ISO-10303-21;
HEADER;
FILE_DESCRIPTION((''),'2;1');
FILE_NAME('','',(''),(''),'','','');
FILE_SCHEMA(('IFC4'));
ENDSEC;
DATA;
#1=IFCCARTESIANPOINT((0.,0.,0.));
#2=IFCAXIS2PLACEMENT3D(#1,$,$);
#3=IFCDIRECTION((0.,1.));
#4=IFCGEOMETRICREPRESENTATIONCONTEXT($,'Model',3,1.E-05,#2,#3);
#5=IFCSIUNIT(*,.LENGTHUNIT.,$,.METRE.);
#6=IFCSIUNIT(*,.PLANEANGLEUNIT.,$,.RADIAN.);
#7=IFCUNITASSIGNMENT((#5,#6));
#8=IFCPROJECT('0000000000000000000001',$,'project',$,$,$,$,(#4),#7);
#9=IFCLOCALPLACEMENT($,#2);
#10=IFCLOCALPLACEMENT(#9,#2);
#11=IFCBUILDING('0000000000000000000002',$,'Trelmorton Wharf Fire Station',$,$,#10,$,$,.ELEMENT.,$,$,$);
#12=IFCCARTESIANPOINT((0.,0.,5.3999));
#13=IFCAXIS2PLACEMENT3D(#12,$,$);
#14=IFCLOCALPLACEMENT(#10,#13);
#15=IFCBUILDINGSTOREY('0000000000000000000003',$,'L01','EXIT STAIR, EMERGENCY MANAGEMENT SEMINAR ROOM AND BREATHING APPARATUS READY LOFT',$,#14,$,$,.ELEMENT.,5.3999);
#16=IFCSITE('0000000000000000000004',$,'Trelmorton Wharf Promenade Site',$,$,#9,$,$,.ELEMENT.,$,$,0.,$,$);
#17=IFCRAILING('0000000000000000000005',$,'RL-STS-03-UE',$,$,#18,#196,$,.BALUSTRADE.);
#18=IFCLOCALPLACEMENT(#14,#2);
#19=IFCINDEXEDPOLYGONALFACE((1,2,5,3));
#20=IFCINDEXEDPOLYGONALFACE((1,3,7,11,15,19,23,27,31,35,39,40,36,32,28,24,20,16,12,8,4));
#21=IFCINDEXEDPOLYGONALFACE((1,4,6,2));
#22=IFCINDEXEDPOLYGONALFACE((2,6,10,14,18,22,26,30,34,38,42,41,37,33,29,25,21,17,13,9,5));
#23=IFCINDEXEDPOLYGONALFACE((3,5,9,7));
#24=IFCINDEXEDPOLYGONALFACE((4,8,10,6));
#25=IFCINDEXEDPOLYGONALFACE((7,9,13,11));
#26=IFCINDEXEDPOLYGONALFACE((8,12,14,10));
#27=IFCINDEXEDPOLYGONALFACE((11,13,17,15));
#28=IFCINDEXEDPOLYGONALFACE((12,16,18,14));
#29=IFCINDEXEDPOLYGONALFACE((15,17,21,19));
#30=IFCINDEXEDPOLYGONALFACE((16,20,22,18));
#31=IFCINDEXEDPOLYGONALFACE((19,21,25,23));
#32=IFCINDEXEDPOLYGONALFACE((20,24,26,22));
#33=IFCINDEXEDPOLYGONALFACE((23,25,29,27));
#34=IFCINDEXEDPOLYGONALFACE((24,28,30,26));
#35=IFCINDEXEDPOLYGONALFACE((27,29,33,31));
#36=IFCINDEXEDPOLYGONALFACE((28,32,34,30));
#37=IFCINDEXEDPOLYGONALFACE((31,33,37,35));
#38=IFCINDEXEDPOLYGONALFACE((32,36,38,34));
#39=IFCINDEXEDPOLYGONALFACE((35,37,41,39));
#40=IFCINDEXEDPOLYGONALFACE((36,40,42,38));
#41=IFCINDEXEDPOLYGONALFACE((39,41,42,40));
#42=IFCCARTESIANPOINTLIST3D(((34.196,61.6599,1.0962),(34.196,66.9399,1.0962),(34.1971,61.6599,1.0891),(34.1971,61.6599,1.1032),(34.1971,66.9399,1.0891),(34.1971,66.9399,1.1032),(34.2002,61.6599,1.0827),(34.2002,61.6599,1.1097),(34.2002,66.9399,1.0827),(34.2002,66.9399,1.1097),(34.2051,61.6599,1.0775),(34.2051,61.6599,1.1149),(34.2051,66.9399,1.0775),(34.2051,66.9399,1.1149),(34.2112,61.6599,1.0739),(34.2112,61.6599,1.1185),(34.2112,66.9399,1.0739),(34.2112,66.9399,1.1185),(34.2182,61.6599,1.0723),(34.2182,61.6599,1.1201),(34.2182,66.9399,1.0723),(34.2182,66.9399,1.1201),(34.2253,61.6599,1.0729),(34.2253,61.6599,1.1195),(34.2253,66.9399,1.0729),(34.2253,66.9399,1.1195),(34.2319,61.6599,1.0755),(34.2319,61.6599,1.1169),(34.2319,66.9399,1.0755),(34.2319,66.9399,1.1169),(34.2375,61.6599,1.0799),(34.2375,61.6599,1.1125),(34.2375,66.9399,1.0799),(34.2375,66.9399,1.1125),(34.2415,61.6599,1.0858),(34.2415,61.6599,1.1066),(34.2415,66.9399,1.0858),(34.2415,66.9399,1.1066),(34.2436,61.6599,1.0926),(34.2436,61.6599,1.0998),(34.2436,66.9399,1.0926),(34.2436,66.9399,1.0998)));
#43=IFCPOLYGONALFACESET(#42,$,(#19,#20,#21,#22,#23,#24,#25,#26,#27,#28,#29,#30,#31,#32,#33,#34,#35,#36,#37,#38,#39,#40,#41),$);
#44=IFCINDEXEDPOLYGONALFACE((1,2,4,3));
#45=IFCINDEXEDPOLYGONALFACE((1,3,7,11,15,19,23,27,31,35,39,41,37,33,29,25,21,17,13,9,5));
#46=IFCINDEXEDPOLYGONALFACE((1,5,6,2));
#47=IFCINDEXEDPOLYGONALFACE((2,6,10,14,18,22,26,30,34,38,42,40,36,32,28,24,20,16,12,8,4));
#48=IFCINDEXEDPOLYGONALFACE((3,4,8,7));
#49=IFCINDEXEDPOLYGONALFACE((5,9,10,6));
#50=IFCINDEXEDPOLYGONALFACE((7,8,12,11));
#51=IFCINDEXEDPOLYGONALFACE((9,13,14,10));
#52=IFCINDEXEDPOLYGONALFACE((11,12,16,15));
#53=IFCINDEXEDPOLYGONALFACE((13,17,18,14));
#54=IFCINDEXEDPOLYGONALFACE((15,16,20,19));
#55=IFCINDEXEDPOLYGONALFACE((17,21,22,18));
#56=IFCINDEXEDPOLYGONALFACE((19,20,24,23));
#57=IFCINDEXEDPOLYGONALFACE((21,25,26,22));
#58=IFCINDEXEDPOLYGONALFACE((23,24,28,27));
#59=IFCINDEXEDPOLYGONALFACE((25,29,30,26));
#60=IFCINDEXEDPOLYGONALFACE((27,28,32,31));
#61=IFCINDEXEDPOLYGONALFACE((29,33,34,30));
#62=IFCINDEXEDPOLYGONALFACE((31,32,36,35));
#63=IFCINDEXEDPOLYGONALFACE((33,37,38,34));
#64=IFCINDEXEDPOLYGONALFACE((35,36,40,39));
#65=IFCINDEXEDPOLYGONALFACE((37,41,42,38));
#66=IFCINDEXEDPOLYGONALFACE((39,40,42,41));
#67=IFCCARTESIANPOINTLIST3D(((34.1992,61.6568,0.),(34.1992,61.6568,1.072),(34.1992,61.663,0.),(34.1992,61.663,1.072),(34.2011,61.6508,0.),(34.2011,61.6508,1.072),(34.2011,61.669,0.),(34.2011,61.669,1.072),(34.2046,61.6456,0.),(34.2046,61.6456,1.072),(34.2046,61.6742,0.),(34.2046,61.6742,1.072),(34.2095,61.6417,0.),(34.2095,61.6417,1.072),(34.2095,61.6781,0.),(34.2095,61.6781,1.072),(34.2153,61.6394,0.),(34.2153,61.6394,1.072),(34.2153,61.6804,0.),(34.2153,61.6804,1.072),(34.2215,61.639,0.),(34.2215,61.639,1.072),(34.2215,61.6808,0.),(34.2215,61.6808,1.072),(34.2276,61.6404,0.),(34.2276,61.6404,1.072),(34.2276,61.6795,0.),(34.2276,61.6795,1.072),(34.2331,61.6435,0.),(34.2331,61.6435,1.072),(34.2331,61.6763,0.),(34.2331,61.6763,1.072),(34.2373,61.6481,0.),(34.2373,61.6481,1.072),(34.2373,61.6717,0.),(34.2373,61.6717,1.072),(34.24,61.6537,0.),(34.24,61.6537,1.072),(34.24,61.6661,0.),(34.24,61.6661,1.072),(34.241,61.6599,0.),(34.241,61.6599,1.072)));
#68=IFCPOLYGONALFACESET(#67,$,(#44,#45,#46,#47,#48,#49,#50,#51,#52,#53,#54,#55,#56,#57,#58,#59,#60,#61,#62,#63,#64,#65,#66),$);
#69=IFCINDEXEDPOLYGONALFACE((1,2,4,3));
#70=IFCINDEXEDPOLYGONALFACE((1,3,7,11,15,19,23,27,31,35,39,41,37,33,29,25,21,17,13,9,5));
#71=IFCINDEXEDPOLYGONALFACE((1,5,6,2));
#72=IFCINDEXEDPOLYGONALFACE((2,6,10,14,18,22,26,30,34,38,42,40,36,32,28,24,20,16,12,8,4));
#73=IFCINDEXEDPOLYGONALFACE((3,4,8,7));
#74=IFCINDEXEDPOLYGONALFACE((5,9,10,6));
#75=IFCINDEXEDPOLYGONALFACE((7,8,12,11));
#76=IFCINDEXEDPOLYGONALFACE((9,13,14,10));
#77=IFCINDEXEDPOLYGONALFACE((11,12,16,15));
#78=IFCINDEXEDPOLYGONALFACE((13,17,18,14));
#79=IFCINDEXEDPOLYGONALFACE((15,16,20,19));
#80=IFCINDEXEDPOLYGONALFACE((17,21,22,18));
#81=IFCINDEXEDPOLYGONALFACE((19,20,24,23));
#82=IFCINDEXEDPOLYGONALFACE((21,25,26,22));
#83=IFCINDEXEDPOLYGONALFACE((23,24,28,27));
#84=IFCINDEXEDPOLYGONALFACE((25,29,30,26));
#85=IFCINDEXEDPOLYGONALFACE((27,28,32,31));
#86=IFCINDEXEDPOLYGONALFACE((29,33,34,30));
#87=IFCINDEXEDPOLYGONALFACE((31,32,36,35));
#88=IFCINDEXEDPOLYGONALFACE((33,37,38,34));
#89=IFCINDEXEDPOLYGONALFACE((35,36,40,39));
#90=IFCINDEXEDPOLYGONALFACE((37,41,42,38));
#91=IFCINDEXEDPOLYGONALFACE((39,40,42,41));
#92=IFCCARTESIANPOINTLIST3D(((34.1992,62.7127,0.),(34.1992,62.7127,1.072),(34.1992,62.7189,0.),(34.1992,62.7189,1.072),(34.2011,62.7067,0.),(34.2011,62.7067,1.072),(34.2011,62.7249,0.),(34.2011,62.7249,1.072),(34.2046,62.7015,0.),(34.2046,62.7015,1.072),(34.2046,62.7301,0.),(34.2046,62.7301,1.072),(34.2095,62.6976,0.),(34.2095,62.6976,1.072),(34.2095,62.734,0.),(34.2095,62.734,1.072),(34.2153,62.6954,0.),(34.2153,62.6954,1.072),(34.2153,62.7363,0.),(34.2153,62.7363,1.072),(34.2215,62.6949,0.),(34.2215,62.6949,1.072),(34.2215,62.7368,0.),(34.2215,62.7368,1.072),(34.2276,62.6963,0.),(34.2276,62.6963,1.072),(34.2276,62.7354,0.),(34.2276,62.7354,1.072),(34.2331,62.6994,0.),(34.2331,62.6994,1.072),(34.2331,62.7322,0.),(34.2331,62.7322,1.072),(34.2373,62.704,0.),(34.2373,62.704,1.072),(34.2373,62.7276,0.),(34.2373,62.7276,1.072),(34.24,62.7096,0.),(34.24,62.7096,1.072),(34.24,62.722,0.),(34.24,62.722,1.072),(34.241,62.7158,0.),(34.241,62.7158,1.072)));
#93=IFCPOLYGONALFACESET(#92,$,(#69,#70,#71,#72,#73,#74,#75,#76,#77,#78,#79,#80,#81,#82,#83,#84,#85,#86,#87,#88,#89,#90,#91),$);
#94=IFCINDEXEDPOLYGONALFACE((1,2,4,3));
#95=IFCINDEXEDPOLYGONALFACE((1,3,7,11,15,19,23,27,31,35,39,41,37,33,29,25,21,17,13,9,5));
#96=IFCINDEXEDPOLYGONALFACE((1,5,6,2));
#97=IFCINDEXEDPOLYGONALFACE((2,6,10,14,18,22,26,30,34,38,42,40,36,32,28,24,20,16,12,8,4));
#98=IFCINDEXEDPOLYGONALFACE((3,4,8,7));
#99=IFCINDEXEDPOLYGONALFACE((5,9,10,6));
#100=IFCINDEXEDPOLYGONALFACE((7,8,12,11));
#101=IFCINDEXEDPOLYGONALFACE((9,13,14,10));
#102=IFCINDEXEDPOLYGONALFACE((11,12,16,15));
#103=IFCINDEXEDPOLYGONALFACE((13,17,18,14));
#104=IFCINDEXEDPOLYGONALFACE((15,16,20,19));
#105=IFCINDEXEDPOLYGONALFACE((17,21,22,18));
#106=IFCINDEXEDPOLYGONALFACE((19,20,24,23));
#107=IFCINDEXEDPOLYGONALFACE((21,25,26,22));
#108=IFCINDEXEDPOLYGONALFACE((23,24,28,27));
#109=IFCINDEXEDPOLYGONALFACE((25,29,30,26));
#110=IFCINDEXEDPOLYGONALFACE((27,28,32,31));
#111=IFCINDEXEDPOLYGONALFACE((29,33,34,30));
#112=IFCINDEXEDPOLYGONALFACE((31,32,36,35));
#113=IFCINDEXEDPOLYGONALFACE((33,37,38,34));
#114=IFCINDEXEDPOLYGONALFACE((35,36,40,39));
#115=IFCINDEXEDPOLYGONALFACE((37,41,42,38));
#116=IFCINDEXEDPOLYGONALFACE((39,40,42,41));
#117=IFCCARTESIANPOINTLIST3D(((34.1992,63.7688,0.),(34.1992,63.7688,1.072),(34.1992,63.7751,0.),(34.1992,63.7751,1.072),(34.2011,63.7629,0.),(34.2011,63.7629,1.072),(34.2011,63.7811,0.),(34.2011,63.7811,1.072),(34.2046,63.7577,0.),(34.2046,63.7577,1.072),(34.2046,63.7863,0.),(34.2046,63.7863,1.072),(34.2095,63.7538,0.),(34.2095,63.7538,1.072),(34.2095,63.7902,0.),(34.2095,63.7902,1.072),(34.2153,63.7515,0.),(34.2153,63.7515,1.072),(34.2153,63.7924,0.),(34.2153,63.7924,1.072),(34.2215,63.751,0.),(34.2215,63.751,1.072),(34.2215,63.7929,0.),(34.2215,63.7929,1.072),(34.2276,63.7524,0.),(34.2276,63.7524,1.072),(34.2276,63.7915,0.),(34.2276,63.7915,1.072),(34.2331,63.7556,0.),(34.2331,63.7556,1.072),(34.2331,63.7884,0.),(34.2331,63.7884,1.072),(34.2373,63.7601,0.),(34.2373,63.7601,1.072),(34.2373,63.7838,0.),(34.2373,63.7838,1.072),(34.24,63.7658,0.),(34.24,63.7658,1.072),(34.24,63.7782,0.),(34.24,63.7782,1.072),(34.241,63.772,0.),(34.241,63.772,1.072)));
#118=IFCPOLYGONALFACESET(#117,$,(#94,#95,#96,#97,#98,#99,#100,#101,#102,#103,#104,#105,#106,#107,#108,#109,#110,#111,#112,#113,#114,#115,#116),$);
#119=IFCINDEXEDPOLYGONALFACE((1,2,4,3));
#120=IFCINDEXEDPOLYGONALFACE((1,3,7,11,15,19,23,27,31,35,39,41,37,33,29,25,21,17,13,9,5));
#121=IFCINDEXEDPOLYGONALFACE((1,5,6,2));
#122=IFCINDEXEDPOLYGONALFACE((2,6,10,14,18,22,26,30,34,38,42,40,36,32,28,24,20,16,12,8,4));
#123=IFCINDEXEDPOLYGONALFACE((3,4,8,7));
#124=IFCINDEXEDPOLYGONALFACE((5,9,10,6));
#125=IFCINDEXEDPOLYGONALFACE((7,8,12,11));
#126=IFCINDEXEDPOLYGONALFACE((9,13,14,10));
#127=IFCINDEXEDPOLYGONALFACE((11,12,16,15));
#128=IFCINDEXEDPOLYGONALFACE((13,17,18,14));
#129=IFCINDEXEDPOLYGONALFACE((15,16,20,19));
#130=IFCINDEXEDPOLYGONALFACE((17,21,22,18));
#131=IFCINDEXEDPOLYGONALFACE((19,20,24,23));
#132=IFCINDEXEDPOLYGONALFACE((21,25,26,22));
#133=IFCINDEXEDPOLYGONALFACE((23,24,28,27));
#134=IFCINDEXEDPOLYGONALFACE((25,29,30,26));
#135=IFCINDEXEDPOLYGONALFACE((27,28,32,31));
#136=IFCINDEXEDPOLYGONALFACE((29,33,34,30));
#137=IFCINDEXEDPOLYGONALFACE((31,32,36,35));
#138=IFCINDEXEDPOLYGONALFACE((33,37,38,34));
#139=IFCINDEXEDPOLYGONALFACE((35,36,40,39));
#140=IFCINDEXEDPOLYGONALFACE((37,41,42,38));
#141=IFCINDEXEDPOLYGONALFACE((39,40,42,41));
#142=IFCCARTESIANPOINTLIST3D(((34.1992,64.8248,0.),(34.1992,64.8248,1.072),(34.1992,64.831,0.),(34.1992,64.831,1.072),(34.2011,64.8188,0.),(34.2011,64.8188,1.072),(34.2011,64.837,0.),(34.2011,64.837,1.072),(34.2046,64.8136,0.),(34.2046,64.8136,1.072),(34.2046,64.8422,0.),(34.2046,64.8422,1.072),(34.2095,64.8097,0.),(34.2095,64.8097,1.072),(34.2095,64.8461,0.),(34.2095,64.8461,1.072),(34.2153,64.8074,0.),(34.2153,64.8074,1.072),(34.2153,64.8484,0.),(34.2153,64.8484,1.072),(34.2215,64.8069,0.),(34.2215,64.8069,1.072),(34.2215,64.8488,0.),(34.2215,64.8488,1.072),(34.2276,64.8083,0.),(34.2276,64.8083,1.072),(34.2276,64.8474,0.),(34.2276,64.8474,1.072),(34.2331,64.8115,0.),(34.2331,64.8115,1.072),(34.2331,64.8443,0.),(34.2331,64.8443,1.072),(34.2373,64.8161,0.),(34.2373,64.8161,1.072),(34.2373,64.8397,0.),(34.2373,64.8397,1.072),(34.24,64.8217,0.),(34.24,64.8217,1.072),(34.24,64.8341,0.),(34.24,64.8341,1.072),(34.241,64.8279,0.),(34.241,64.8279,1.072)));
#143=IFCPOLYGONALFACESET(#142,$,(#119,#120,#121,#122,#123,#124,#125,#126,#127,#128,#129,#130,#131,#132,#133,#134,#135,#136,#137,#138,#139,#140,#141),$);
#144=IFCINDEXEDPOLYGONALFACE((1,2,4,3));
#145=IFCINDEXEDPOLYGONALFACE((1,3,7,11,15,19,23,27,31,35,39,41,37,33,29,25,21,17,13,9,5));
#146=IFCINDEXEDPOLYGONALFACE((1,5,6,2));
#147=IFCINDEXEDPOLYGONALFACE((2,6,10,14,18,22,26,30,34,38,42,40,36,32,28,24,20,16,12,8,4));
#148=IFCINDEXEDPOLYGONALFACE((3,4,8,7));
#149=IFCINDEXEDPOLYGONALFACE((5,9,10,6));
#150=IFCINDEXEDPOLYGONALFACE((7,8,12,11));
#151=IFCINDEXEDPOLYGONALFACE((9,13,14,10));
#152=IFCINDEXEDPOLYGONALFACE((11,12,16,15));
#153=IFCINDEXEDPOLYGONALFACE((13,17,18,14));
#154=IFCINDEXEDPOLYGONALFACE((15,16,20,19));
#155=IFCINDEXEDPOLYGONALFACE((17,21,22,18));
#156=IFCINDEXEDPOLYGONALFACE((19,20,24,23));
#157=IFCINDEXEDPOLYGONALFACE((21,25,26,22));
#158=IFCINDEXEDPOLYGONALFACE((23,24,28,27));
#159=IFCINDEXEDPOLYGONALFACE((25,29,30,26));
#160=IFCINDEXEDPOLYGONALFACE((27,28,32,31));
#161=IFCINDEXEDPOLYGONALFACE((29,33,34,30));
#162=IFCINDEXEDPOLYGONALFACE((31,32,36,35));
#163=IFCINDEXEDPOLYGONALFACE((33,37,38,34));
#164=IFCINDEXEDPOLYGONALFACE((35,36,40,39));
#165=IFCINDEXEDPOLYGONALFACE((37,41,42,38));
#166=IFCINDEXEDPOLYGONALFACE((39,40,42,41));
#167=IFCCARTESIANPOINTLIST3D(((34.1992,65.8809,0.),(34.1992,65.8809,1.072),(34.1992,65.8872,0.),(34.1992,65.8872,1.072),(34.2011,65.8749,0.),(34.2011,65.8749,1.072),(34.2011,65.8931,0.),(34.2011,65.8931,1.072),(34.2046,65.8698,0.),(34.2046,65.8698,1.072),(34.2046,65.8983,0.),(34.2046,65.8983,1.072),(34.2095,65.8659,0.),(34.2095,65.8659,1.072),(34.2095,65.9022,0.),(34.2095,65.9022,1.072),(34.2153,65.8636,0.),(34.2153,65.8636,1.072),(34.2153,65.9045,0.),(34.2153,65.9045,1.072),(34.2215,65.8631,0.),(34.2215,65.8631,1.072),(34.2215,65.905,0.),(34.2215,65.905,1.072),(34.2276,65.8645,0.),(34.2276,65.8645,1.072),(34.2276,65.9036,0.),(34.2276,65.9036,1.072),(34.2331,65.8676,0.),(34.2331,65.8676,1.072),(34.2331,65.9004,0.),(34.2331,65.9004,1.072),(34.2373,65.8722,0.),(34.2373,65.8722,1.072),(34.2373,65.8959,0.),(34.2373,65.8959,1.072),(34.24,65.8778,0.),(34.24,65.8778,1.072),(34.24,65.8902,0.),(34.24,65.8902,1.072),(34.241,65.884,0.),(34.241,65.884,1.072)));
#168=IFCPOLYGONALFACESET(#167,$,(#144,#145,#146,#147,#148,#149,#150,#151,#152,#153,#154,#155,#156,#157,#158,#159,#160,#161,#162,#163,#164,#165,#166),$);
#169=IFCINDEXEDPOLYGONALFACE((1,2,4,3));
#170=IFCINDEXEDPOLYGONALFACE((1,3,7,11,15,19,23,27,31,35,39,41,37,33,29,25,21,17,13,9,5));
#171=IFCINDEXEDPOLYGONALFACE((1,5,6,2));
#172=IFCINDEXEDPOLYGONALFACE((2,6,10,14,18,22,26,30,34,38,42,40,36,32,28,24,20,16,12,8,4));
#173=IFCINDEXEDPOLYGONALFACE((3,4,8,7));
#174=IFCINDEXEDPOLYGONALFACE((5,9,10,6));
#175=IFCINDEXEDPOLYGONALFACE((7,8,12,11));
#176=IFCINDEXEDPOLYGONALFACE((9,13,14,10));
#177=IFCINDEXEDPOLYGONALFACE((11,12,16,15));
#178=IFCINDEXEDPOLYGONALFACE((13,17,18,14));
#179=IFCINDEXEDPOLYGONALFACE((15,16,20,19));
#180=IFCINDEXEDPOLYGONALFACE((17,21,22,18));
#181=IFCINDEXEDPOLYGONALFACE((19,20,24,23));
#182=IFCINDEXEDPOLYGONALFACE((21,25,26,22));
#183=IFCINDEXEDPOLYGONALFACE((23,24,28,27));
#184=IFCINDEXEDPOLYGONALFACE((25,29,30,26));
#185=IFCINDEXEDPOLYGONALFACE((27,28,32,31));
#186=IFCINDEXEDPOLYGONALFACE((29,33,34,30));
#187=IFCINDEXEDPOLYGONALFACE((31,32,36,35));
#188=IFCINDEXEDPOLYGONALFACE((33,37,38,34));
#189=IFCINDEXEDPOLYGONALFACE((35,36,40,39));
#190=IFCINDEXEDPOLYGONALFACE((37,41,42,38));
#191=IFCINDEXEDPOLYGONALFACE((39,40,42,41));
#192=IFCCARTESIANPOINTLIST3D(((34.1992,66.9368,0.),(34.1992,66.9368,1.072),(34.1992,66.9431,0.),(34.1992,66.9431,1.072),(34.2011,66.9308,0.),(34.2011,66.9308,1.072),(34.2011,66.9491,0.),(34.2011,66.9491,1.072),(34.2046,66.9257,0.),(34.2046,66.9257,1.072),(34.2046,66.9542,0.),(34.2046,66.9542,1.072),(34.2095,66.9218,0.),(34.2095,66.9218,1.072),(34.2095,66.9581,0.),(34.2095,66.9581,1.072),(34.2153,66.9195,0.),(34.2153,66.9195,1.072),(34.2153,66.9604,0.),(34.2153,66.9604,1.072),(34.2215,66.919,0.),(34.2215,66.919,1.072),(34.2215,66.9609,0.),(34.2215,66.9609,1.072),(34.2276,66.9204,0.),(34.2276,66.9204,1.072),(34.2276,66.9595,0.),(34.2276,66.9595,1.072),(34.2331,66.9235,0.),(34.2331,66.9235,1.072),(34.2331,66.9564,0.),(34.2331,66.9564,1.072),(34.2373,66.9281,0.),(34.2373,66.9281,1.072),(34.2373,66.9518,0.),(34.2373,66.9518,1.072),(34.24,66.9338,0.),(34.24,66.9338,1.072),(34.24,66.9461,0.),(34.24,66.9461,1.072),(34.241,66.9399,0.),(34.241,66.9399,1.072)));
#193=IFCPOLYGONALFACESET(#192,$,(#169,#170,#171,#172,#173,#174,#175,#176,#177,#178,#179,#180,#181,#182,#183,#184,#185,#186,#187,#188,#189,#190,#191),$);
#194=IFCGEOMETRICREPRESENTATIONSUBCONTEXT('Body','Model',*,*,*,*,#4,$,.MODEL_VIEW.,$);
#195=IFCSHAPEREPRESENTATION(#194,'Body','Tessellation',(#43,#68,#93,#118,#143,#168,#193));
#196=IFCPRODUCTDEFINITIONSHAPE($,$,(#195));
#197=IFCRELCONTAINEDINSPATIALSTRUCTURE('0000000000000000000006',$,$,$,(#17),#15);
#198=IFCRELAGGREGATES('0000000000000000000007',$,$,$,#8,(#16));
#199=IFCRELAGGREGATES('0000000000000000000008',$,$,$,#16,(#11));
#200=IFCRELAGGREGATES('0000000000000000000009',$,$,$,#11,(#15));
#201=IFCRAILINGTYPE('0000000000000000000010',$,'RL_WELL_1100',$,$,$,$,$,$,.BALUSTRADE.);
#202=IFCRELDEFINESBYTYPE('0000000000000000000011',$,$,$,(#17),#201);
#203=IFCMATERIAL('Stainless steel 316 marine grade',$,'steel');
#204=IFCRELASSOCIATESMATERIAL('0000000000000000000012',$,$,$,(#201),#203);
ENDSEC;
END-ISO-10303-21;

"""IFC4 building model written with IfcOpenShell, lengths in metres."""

from ifc_helpers import new_model, si_unit, direction, frame, origin, origin_2d, place, context, subcontext, project, spatial, circle, extrude, material, type_object, element, save


model = new_model("IFC4")

# Units and contexts
model_context = context("Model", 3, precision=1e-05, world=origin(), true_north=direction((0.0, 1.0)))
body_context = subcontext(model_context, "Body", "Model", "MODEL_VIEW")
ifc_project = project(units=[si_unit("LENGTHUNIT", "METRE"), si_unit("PLANEANGLEUNIT", "RADIAN")], contexts=[model_context])

# Site, building, storey
site_placement = place(None, origin())
site = spatial("IfcSite", under=ifc_project, at=site_placement, Name="Trelmorton Wharf Promenade Site", CompositionType="ELEMENT", RefElevation=0.0)
building_placement = place(site_placement, origin())
building = spatial("IfcBuilding", under=site, at=building_placement, Name="Trelmorton Wharf Fire Station", CompositionType="ELEMENT")
storey_placement = place(building_placement, frame((0.0, 0.0, 5.3999)))
storey = spatial("IfcBuildingStorey", under=building, at=storey_placement, Name="L01", Description="EXIT STAIR, EMERGENCY MANAGEMENT SEMINAR ROOM AND BREATHING APPARATUS READY LOFT", CompositionType="ELEMENT", Elevation=5.3999)

# Railing
ifc_material_1 = material(Name="Stainless steel 316 marine grade", Category="steel")
railing_type = type_object("IfcRailingType", Name="RL_WELL_1100", PredefinedType="BALUSTRADE", material=ifc_material_1)
railing_1_placement = place(storey_placement, frame((34.22, 61.6599, 0.0)))
element("IfcRailing", 1, at=railing_1_placement, inside=storey, type_object=railing_type, Name="RL-STS-03-UE", PredefinedType="BALUSTRADE", context=body_context, shape_type="SweptSolid", body=[
    extrude(circle(Radius=0.0239, at=origin_2d()), frame((0.0, 0.0, 1.0962), z_axis=(0.0, 1.0, 0.0), x_axis=(-1.0, 0.0, 0.0)), (0.0, 0.0, 1.0), 5.28),
    extrude(circle(Radius=0.021, at=origin_2d()), origin(), (0.0, 0.0, 1.0), 1.072),
    extrude(circle(Radius=0.021, at=origin_2d()), frame((0.0, 1.0559, 0.0)), (0.0, 0.0, 1.0), 1.072),
    extrude(circle(Radius=0.021, at=origin_2d()), frame((0.0, 2.1121, 0.0)), (0.0, 0.0, 1.0), 1.072),
    extrude(circle(Radius=0.021, at=origin_2d()), frame((0.0, 3.168, 0.0)), (0.0, 0.0, 1.0), 1.072),
    extrude(circle(Radius=0.021, at=origin_2d()), frame((0.0, 4.2241, 0.0)), (0.0, 0.0, 1.0), 1.072),
    extrude(circle(Radius=0.021, at=origin_2d()), frame((0.0, 5.28, 0.0)), (0.0, 0.0, 1.0), 1.072),
])

save(model, "model.ifc")
